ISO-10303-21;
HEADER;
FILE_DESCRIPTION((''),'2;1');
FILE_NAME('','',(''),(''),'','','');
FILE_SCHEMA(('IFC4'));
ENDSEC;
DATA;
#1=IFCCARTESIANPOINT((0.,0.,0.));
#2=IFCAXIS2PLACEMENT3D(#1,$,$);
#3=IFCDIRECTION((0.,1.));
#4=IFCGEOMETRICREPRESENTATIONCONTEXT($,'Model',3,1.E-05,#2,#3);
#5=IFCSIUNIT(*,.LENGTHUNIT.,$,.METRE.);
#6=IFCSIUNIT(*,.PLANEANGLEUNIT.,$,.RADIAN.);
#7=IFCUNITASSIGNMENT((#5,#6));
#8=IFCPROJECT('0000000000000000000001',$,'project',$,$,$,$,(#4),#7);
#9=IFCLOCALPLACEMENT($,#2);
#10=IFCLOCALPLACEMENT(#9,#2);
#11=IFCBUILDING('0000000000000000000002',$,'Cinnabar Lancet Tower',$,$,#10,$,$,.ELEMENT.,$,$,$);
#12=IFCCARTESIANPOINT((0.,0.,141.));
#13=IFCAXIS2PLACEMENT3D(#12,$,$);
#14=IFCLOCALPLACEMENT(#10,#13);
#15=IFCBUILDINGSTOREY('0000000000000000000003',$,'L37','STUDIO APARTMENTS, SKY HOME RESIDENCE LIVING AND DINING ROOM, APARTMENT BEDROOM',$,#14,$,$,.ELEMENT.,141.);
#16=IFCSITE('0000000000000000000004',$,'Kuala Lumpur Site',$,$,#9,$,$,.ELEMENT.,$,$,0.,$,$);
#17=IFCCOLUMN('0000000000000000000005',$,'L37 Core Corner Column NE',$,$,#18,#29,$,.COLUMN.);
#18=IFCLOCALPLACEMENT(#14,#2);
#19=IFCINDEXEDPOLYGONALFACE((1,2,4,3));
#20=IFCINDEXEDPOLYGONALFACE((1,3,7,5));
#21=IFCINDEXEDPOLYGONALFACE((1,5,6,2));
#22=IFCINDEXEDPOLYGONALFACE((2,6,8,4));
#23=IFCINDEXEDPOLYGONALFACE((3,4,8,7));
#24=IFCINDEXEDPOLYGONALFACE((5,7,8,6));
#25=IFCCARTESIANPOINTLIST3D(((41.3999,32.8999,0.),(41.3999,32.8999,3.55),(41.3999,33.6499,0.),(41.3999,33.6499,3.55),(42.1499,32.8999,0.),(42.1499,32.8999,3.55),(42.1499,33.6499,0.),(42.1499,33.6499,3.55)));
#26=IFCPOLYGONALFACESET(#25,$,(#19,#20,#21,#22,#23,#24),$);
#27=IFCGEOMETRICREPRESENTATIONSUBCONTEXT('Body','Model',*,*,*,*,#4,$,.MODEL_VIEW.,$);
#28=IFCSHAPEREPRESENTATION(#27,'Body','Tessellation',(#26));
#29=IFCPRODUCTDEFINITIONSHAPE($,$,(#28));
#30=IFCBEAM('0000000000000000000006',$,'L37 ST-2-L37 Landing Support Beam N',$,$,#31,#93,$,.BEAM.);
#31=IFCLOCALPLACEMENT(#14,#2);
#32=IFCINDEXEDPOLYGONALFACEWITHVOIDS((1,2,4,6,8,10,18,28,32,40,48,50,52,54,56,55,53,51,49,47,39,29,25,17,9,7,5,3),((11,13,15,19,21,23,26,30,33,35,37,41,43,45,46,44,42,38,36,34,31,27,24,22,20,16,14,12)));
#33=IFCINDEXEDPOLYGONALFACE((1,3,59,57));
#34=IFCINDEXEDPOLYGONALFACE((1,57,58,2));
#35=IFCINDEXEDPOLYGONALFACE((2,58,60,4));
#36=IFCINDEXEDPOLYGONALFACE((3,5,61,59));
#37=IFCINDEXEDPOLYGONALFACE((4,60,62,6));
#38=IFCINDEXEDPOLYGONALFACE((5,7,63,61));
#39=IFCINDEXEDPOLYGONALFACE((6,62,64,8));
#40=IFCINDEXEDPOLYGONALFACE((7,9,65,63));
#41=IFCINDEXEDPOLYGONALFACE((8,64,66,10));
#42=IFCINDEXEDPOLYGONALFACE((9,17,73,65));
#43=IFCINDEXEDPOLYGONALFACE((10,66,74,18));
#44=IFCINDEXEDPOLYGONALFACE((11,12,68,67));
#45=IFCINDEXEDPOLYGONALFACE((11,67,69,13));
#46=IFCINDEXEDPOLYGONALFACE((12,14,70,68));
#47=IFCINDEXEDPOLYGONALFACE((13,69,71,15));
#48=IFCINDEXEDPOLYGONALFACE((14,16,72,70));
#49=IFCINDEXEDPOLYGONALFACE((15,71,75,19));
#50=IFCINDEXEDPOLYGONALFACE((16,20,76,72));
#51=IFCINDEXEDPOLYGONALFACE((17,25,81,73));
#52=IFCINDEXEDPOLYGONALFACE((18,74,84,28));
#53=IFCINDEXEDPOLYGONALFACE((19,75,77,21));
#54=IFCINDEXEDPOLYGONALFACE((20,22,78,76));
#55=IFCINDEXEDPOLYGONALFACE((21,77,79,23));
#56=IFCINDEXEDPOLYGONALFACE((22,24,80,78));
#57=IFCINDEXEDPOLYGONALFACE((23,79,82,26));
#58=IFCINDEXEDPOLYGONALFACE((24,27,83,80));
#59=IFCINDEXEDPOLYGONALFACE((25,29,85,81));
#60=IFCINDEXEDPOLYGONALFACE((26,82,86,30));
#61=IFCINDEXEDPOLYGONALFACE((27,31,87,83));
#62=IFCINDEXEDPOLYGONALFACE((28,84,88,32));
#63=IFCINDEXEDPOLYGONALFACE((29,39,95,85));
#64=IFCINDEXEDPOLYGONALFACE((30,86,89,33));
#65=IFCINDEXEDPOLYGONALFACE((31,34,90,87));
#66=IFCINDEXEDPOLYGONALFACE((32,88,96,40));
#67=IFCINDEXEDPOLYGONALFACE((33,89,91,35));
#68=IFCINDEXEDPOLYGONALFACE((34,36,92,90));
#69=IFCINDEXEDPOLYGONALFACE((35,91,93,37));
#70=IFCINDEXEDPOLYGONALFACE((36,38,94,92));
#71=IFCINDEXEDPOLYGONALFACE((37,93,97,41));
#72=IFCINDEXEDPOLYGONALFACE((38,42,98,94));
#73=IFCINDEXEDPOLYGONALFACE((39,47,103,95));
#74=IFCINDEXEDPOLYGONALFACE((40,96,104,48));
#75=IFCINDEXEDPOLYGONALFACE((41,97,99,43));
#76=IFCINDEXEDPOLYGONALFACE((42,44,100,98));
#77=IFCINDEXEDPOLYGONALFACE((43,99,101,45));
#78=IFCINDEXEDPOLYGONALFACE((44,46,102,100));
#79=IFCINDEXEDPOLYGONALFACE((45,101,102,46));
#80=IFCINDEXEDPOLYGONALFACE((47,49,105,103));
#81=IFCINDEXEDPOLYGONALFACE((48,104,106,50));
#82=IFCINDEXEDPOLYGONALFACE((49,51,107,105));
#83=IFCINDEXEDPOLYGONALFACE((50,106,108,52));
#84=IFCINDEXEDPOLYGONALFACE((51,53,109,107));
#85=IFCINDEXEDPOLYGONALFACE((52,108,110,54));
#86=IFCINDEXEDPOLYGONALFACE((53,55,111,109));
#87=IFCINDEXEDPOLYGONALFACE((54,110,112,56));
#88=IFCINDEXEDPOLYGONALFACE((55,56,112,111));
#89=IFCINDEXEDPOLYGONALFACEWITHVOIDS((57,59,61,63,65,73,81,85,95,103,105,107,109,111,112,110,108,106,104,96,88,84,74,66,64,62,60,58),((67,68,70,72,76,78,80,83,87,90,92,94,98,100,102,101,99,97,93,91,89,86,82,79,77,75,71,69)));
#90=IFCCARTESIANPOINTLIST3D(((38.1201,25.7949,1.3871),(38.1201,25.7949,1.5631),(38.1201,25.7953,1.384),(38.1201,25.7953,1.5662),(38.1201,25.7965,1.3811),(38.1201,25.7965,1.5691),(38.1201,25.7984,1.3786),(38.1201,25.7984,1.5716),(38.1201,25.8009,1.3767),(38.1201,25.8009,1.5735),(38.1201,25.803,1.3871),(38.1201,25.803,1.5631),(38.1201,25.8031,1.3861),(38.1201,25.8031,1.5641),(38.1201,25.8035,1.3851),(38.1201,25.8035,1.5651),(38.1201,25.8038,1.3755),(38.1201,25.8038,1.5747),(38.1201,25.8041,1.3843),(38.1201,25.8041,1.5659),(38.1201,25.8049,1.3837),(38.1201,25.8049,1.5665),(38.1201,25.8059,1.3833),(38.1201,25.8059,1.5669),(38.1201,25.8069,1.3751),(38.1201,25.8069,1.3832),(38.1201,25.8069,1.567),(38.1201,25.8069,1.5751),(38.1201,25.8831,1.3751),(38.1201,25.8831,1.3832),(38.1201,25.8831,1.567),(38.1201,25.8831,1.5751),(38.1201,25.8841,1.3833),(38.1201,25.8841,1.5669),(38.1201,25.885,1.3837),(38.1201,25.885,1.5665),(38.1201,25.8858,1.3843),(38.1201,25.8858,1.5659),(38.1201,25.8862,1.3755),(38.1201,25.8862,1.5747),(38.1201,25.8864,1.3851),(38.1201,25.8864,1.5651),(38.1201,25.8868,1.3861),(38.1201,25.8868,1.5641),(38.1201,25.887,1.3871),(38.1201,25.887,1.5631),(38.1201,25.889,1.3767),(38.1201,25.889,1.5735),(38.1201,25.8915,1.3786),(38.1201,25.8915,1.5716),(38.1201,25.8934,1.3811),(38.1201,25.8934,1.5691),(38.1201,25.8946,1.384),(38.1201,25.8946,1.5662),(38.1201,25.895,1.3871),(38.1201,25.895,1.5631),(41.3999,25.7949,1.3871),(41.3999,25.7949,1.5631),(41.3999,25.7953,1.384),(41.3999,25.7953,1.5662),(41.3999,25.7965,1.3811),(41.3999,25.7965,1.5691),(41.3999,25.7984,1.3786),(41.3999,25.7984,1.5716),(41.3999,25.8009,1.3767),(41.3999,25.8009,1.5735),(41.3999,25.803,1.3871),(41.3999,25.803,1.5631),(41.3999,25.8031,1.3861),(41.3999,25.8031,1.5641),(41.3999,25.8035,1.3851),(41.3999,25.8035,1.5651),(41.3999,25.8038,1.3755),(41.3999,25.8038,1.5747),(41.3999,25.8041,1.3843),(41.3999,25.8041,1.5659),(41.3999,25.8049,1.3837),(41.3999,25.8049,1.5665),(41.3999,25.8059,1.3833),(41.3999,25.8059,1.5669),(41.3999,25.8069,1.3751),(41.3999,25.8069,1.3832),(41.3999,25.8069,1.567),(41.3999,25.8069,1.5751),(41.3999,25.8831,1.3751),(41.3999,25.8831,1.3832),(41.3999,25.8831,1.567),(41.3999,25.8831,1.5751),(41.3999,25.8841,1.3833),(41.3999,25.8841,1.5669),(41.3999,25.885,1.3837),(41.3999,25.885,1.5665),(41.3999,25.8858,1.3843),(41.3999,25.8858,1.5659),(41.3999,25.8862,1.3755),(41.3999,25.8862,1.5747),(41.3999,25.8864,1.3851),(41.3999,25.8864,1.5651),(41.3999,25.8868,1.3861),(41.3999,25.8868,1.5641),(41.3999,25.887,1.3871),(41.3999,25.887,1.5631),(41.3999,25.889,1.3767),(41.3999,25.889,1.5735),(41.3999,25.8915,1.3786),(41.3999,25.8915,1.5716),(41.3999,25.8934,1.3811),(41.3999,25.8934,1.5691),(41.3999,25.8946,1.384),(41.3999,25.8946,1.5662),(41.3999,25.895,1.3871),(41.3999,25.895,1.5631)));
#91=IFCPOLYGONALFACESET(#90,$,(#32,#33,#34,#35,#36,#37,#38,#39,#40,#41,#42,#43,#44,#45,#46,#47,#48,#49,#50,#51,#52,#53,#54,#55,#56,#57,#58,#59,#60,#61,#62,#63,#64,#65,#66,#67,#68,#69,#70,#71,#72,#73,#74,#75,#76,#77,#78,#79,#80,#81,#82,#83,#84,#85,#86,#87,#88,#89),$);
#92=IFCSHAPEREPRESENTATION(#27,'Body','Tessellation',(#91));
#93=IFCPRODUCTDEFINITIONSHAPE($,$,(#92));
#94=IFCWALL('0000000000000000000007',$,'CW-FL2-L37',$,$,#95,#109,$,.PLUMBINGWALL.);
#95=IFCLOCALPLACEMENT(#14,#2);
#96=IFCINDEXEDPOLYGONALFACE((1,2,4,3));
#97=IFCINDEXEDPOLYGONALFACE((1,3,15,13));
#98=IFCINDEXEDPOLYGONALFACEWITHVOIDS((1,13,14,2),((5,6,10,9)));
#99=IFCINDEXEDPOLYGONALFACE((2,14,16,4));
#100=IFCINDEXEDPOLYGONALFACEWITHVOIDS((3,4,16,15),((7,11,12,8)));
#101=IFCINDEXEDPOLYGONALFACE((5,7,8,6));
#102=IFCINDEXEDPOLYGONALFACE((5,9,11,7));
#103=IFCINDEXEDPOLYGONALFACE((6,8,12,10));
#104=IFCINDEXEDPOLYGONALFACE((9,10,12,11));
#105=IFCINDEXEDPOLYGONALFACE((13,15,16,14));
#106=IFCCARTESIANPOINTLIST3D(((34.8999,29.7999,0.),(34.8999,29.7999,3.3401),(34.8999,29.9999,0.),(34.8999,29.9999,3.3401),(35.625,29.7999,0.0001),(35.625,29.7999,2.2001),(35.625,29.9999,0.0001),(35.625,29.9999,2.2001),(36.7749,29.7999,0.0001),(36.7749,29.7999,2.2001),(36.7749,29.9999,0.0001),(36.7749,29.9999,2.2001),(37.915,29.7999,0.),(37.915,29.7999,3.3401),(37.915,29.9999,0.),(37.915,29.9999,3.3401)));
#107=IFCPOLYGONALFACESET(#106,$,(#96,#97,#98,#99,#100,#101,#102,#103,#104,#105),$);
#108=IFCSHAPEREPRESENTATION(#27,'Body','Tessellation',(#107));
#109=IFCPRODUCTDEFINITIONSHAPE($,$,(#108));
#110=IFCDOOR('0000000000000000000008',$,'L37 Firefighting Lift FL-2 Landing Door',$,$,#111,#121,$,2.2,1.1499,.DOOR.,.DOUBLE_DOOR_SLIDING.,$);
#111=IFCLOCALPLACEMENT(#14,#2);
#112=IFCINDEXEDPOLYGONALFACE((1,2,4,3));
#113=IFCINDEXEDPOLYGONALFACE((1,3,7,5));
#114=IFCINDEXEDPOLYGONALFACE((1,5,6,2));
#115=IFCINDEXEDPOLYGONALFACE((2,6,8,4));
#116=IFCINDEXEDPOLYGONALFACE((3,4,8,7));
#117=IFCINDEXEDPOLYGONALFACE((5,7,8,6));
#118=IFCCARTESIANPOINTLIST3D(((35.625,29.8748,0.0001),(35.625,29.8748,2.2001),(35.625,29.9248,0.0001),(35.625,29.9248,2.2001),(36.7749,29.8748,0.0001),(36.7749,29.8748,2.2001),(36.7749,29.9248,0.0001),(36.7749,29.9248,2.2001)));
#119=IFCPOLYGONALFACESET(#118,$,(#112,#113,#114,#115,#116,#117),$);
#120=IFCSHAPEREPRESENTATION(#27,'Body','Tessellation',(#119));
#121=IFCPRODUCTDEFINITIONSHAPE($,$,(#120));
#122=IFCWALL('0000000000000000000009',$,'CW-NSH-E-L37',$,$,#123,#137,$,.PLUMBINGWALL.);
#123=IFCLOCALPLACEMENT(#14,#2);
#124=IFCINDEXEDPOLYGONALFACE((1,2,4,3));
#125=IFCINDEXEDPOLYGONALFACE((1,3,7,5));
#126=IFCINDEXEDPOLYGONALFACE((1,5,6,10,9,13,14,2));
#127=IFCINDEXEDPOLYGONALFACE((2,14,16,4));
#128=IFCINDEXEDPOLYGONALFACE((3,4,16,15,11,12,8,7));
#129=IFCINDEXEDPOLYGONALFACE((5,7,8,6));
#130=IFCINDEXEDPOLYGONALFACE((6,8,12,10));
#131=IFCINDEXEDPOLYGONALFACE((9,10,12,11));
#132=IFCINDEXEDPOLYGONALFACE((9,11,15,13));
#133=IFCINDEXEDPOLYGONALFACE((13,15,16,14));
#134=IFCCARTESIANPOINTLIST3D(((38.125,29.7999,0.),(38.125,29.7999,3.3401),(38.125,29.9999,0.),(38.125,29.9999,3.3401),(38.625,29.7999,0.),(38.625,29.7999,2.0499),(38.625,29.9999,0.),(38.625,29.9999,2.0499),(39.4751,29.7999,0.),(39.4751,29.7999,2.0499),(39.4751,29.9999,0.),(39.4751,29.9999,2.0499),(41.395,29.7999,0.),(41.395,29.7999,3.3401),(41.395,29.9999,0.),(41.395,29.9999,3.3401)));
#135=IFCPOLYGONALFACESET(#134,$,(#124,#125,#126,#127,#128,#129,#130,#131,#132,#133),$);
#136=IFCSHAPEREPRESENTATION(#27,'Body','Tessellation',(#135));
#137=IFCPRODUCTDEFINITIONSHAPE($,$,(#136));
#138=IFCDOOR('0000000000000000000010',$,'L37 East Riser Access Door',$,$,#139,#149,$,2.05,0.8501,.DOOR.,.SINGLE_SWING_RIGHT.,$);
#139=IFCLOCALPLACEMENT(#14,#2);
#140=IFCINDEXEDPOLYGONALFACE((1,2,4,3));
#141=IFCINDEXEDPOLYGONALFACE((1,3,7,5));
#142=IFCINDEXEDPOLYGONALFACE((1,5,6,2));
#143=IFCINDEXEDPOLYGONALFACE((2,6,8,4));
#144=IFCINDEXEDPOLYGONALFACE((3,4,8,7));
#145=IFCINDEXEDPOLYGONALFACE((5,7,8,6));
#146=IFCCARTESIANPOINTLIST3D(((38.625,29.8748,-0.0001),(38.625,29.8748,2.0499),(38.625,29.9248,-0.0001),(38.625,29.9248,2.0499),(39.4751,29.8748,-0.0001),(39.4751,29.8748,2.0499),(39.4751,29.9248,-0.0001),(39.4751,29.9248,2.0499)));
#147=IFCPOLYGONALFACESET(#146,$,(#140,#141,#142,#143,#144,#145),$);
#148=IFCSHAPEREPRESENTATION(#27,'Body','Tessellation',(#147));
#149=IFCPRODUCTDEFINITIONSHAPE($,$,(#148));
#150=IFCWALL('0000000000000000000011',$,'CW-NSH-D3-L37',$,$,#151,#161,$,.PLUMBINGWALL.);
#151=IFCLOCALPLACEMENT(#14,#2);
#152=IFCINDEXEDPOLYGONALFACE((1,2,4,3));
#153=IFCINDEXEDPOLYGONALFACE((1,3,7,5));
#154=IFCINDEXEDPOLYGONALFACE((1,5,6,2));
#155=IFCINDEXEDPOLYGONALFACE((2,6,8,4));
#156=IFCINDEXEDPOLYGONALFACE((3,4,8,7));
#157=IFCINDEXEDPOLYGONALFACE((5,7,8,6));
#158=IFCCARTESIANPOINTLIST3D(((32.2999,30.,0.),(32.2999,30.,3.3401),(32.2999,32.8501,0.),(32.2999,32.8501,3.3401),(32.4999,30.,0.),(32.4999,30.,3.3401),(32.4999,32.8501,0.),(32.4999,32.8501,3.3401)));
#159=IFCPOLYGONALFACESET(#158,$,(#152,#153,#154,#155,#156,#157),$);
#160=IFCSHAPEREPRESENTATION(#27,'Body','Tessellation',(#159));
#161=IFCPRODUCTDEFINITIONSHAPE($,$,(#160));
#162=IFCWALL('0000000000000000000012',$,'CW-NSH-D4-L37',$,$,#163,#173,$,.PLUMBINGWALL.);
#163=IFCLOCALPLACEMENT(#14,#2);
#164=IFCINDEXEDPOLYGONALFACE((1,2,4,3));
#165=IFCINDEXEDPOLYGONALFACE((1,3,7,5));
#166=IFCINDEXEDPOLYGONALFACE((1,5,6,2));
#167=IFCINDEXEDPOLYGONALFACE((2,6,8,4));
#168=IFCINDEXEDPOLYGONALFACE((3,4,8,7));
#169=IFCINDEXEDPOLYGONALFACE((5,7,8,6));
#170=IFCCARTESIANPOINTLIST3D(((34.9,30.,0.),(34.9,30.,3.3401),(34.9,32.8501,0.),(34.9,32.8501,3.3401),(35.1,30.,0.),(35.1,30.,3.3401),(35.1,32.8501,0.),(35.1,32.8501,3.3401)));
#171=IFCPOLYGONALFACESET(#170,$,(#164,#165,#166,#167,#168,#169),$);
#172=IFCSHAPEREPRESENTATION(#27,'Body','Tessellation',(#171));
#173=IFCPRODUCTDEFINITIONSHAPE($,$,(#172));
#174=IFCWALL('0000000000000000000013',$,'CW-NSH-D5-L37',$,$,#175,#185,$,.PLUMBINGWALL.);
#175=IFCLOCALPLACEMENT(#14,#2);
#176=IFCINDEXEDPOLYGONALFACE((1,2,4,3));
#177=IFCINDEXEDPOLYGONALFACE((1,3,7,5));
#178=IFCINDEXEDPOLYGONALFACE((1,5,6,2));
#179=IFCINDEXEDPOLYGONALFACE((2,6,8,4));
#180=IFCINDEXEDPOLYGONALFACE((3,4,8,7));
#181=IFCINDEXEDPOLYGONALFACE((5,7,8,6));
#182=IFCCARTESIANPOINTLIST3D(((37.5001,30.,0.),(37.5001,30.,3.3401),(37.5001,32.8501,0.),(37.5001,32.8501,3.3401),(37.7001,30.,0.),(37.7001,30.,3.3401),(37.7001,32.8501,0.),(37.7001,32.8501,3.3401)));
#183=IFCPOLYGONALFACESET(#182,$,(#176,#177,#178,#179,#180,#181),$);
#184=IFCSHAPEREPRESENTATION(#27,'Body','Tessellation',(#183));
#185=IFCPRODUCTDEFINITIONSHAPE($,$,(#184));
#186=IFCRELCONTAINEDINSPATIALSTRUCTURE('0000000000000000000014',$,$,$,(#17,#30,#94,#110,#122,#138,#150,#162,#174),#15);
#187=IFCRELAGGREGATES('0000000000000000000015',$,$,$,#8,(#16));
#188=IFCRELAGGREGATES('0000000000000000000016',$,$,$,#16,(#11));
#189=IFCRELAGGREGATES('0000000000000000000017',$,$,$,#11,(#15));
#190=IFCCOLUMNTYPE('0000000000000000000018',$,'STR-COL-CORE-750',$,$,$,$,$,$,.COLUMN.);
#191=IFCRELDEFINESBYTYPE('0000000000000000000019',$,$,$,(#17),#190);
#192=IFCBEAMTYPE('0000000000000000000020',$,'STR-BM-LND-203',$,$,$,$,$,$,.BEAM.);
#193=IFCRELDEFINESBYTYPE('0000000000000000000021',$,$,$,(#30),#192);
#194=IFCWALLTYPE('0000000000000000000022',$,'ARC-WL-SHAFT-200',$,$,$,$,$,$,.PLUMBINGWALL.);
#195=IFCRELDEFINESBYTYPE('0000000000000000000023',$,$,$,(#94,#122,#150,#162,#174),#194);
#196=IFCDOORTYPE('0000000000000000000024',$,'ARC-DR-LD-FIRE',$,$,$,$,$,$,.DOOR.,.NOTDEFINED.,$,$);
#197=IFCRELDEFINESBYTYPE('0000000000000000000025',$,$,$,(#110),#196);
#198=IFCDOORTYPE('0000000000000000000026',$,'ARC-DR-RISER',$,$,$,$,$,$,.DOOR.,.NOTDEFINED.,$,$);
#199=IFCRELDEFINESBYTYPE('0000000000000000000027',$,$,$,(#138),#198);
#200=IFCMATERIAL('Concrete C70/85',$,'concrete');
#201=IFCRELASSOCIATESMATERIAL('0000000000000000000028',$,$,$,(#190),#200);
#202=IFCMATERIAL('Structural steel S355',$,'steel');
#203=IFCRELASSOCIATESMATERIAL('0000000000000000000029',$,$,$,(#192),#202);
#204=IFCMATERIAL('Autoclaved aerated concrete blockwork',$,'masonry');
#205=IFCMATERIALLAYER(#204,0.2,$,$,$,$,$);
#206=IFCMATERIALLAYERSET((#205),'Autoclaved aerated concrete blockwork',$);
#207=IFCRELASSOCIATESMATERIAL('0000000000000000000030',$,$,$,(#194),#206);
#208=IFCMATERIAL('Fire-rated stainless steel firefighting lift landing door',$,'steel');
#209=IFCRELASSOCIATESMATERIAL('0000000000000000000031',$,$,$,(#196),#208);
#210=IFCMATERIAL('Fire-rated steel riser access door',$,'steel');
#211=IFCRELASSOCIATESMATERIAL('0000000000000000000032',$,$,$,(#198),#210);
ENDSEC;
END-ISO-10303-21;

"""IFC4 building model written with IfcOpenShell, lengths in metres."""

from ifc_helpers import new_model, si_unit, direction, frame, frame_2d, origin, origin_2d, place, context, subcontext, project, spatial, rectangle, hollow_rectangle, extrude, material, layer, layer_set, material_profile, profile_set, type_object, element, fill, save


model = new_model("IFC4")

# Units and contexts
model_context = context("Model", 3, precision=1e-05, world=origin(), true_north=direction((0.0, 1.0)))
body_context = subcontext(model_context, "Body", "Model", "MODEL_VIEW")
ifc_project = project(units=[si_unit("LENGTHUNIT", "METRE"), si_unit("PLANEANGLEUNIT", "RADIAN")], contexts=[model_context])

# Site, building, storey
site_placement = place(None, origin())
site = spatial("IfcSite", under=ifc_project, at=site_placement, Name="Kuala Lumpur Site", CompositionType="ELEMENT", RefElevation=0.0)
building_placement = place(site_placement, origin())
building = spatial("IfcBuilding", under=site, at=building_placement, Name="Cinnabar Lancet Tower", CompositionType="ELEMENT")
storey_placement = place(building_placement, frame((0.0, 0.0, 141.0)))
storey = spatial("IfcBuildingStorey", under=building, at=storey_placement, Name="L37", Description="STUDIO APARTMENTS, SKY HOME RESIDENCE LIVING AND DINING ROOM, APARTMENT BEDROOM", CompositionType="ELEMENT", Elevation=141.0)

# Column
ifc_material_1 = material(Name="Concrete C70/85", Category="concrete")
ifc_material_profile_1 = material_profile(ifc_material_1, rectangle(XDim=0.75, YDim=0.75, at=origin_2d()), Name="RC-COL 750x750")
ifc_profile_set_1 = profile_set([ifc_material_profile_1], Name="Concrete C70/85")
column_type = type_object("IfcColumnType", Name="STR-COL-CORE-750", PredefinedType="COLUMN", material=ifc_profile_set_1)
column_placement = place(storey_placement, frame((41.7749, 33.2749, 0.0), z_axis=(0.0, 0.0, 1.0), x_axis=(1.0, 0.0, 0.0)))
element("IfcColumn", 1, at=column_placement, inside=storey, type_object=column_type, Name="L37 Core Corner Column NE", PredefinedType="COLUMN", context=body_context, shape_type="SweptSolid", body=[
    extrude(rectangle(XDim=0.75, YDim=0.75, at=origin_2d()), origin(), (0.0, 0.0, 1.0), 3.55),
])

# Beam
ifc_material_2 = material(Name="Structural steel S355", Category="steel")
ifc_material_profile_2 = material_profile(ifc_material_2, hollow_rectangle(XDim=0.1001, YDim=0.2, WallThickness=0.0081, InnerFilletRadius=0.0039, OuterFilletRadius=0.012, at=origin_2d()), Name="RHS 200x100x8")
ifc_profile_set_2 = profile_set([ifc_material_profile_2], Name="Structural steel S355")
beam_type = type_object("IfcBeamType", Name="STR-BM-LND-203", PredefinedType="BEAM", material=ifc_profile_set_2)
beam_placement = place(storey_placement, frame((38.1201, 25.845, 1.4751), z_axis=(1.0, 0.0, 0.0), x_axis=(0.0, 1.0, 0.0)))
element("IfcBeam", 2, at=beam_placement, inside=storey, type_object=beam_type, Name="L37 ST-2-L37 Landing Support Beam N", PredefinedType="BEAM", context=body_context, shape_type="SweptSolid", body=[
    extrude(hollow_rectangle(XDim=0.1001, YDim=0.2, WallThickness=0.0081, InnerFilletRadius=0.0039, OuterFilletRadius=0.012, at=origin_2d()), origin(), (0.0, 0.0, 1.0), 3.2798),
])

# Walls, openings, doors
ifc_material_3 = material(Name="Autoclaved aerated concrete blockwork", Category="masonry")
ifc_layer_1 = layer(ifc_material_3, 0.2)
ifc_layer_set_1 = layer_set([ifc_layer_1], Name="Autoclaved aerated concrete blockwork")
wall_type_1 = type_object("IfcWallType", Name="ARC-WL-SHAFT-200", PredefinedType="PLUMBINGWALL", material=ifc_layer_set_1)
wall_1_placement = place(storey_placement, frame((34.8999, 29.8999, 0.0), z_axis=(0.0, 0.0, 1.0), x_axis=(1.0, 0.0, 0.0)))
wall_1 = element("IfcWall", 3, at=wall_1_placement, inside=storey, type_object=wall_type_1, Name="CW-FL2-L37", PredefinedType="PLUMBINGWALL", context=body_context, shape_type="SweptSolid", body=[
    extrude(rectangle(XDim=3.0151, YDim=0.2, at=frame_2d((1.5076, 0.0))), origin(), (0.0, 0.0, 1.0), 3.3401),
])
opening_1_placement = place(wall_1_placement, frame((0.7251, 0.0, 0.0)))
opening_1 = element("IfcOpeningElement", 4, at=opening_1_placement, cuts=wall_1, PredefinedType="OPENING", context=body_context, shape_type="SweptSolid", body=[
    extrude(rectangle(XDim=1.1499, YDim=2.2, at=frame_2d((0.575, 1.1001))), frame((0.0, 0.1099, 0.0), z_axis=(0.0, -1.0, 0.0), x_axis=(1.0, 0.0, 0.0)), (0.0, 0.0, 1.0), 0.22),
])
ifc_material_4 = material(Name="Fire-rated stainless steel firefighting lift landing door", Category="steel")
door_type_1 = type_object("IfcDoorType", Name="ARC-DR-LD-FIRE", OperationType="NOTDEFINED", PredefinedType="DOOR", material=ifc_material_4)
door_1_placement = place(opening_1_placement, origin())
door_1 = element("IfcDoor", 5, at=door_1_placement, inside=storey, type_object=door_type_1, Name="L37 Firefighting Lift FL-2 Landing Door", OperationType="DOUBLE_DOOR_SLIDING", OverallHeight=2.2, OverallWidth=1.1499, PredefinedType="DOOR", context=body_context, shape_type="SweptSolid", body=[
    extrude(rectangle(XDim=1.1499, YDim=2.2, at=frame_2d((0.575, 1.1001))), frame((0.0, 0.0249, 0.0), z_axis=(0.0, -1.0, 0.0), x_axis=(1.0, 0.0, 0.0)), (0.0, 0.0, 1.0), 0.05),
])
fill(opening_1, door_1)
wall_2_placement = place(storey_placement, frame((38.125, 29.8999, 0.0), z_axis=(0.0, 0.0, 1.0), x_axis=(1.0, 0.0, 0.0)))
wall_2 = element("IfcWall", 6, at=wall_2_placement, inside=storey, type_object=wall_type_1, Name="CW-NSH-E-L37", PredefinedType="PLUMBINGWALL", context=body_context, shape_type="SweptSolid", body=[
    extrude(rectangle(XDim=3.27, YDim=0.2, at=frame_2d((1.635, 0.0))), origin(), (0.0, 0.0, 1.0), 3.3401),
])
opening_2_placement = place(wall_2_placement, frame((0.5, 0.0, 0.0)))
opening_2 = element("IfcOpeningElement", 7, at=opening_2_placement, cuts=wall_2, PredefinedType="OPENING", context=body_context, shape_type="SweptSolid", body=[
    extrude(rectangle(XDim=0.8501, YDim=2.05, at=frame_2d((0.425, 1.0249))), frame((0.0, 0.1099, 0.0), z_axis=(0.0, -1.0, 0.0), x_axis=(1.0, 0.0, 0.0)), (0.0, 0.0, 1.0), 0.22),
])
ifc_material_5 = material(Name="Fire-rated steel riser access door", Category="steel")
door_type_2 = type_object("IfcDoorType", Name="ARC-DR-RISER", OperationType="NOTDEFINED", PredefinedType="DOOR", material=ifc_material_5)
door_2_placement = place(opening_2_placement, origin())
door_2 = element("IfcDoor", 8, at=door_2_placement, inside=storey, type_object=door_type_2, Name="L37 East Riser Access Door", OperationType="SINGLE_SWING_RIGHT", OverallHeight=2.05, OverallWidth=0.8501, PredefinedType="DOOR", context=body_context, shape_type="SweptSolid", body=[
    extrude(rectangle(XDim=0.8501, YDim=2.05, at=frame_2d((0.425, 1.0249))), frame((0.0, 0.0249, 0.0), z_axis=(0.0, -1.0, 0.0), x_axis=(1.0, 0.0, 0.0)), (0.0, 0.0, 1.0), 0.05),
])
fill(opening_2, door_2)

# Walls
for number, where, z_axis, x_axis, name in (
    (9, (32.3999, 30.0, 0.0), (0.0, 0.0, 1.0), (0.0, 1.0, 0.0), "CW-NSH-D3-L37"),
    (10, (35.0, 30.0, 0.0), (0.0, 0.0, 1.0), (0.0, 1.0, 0.0), "CW-NSH-D4-L37"),
    (11, (37.6001, 30.0, 0.0), (0.0, 0.0, 1.0), (0.0, 1.0, 0.0), "CW-NSH-D5-L37"),
):
    element("IfcWall", number, at=place(storey_placement, frame(where, z_axis=z_axis, x_axis=x_axis)), inside=storey, type_object=wall_type_1, Name=name, PredefinedType="PLUMBINGWALL", context=body_context, shape_type="SweptSolid", body=[
        extrude(rectangle(XDim=2.8501, YDim=0.2, at=frame_2d((1.425, 0.0))), origin(), (0.0, 0.0, 1.0), 3.3401),
    ])

save(model, "model.ifc")
